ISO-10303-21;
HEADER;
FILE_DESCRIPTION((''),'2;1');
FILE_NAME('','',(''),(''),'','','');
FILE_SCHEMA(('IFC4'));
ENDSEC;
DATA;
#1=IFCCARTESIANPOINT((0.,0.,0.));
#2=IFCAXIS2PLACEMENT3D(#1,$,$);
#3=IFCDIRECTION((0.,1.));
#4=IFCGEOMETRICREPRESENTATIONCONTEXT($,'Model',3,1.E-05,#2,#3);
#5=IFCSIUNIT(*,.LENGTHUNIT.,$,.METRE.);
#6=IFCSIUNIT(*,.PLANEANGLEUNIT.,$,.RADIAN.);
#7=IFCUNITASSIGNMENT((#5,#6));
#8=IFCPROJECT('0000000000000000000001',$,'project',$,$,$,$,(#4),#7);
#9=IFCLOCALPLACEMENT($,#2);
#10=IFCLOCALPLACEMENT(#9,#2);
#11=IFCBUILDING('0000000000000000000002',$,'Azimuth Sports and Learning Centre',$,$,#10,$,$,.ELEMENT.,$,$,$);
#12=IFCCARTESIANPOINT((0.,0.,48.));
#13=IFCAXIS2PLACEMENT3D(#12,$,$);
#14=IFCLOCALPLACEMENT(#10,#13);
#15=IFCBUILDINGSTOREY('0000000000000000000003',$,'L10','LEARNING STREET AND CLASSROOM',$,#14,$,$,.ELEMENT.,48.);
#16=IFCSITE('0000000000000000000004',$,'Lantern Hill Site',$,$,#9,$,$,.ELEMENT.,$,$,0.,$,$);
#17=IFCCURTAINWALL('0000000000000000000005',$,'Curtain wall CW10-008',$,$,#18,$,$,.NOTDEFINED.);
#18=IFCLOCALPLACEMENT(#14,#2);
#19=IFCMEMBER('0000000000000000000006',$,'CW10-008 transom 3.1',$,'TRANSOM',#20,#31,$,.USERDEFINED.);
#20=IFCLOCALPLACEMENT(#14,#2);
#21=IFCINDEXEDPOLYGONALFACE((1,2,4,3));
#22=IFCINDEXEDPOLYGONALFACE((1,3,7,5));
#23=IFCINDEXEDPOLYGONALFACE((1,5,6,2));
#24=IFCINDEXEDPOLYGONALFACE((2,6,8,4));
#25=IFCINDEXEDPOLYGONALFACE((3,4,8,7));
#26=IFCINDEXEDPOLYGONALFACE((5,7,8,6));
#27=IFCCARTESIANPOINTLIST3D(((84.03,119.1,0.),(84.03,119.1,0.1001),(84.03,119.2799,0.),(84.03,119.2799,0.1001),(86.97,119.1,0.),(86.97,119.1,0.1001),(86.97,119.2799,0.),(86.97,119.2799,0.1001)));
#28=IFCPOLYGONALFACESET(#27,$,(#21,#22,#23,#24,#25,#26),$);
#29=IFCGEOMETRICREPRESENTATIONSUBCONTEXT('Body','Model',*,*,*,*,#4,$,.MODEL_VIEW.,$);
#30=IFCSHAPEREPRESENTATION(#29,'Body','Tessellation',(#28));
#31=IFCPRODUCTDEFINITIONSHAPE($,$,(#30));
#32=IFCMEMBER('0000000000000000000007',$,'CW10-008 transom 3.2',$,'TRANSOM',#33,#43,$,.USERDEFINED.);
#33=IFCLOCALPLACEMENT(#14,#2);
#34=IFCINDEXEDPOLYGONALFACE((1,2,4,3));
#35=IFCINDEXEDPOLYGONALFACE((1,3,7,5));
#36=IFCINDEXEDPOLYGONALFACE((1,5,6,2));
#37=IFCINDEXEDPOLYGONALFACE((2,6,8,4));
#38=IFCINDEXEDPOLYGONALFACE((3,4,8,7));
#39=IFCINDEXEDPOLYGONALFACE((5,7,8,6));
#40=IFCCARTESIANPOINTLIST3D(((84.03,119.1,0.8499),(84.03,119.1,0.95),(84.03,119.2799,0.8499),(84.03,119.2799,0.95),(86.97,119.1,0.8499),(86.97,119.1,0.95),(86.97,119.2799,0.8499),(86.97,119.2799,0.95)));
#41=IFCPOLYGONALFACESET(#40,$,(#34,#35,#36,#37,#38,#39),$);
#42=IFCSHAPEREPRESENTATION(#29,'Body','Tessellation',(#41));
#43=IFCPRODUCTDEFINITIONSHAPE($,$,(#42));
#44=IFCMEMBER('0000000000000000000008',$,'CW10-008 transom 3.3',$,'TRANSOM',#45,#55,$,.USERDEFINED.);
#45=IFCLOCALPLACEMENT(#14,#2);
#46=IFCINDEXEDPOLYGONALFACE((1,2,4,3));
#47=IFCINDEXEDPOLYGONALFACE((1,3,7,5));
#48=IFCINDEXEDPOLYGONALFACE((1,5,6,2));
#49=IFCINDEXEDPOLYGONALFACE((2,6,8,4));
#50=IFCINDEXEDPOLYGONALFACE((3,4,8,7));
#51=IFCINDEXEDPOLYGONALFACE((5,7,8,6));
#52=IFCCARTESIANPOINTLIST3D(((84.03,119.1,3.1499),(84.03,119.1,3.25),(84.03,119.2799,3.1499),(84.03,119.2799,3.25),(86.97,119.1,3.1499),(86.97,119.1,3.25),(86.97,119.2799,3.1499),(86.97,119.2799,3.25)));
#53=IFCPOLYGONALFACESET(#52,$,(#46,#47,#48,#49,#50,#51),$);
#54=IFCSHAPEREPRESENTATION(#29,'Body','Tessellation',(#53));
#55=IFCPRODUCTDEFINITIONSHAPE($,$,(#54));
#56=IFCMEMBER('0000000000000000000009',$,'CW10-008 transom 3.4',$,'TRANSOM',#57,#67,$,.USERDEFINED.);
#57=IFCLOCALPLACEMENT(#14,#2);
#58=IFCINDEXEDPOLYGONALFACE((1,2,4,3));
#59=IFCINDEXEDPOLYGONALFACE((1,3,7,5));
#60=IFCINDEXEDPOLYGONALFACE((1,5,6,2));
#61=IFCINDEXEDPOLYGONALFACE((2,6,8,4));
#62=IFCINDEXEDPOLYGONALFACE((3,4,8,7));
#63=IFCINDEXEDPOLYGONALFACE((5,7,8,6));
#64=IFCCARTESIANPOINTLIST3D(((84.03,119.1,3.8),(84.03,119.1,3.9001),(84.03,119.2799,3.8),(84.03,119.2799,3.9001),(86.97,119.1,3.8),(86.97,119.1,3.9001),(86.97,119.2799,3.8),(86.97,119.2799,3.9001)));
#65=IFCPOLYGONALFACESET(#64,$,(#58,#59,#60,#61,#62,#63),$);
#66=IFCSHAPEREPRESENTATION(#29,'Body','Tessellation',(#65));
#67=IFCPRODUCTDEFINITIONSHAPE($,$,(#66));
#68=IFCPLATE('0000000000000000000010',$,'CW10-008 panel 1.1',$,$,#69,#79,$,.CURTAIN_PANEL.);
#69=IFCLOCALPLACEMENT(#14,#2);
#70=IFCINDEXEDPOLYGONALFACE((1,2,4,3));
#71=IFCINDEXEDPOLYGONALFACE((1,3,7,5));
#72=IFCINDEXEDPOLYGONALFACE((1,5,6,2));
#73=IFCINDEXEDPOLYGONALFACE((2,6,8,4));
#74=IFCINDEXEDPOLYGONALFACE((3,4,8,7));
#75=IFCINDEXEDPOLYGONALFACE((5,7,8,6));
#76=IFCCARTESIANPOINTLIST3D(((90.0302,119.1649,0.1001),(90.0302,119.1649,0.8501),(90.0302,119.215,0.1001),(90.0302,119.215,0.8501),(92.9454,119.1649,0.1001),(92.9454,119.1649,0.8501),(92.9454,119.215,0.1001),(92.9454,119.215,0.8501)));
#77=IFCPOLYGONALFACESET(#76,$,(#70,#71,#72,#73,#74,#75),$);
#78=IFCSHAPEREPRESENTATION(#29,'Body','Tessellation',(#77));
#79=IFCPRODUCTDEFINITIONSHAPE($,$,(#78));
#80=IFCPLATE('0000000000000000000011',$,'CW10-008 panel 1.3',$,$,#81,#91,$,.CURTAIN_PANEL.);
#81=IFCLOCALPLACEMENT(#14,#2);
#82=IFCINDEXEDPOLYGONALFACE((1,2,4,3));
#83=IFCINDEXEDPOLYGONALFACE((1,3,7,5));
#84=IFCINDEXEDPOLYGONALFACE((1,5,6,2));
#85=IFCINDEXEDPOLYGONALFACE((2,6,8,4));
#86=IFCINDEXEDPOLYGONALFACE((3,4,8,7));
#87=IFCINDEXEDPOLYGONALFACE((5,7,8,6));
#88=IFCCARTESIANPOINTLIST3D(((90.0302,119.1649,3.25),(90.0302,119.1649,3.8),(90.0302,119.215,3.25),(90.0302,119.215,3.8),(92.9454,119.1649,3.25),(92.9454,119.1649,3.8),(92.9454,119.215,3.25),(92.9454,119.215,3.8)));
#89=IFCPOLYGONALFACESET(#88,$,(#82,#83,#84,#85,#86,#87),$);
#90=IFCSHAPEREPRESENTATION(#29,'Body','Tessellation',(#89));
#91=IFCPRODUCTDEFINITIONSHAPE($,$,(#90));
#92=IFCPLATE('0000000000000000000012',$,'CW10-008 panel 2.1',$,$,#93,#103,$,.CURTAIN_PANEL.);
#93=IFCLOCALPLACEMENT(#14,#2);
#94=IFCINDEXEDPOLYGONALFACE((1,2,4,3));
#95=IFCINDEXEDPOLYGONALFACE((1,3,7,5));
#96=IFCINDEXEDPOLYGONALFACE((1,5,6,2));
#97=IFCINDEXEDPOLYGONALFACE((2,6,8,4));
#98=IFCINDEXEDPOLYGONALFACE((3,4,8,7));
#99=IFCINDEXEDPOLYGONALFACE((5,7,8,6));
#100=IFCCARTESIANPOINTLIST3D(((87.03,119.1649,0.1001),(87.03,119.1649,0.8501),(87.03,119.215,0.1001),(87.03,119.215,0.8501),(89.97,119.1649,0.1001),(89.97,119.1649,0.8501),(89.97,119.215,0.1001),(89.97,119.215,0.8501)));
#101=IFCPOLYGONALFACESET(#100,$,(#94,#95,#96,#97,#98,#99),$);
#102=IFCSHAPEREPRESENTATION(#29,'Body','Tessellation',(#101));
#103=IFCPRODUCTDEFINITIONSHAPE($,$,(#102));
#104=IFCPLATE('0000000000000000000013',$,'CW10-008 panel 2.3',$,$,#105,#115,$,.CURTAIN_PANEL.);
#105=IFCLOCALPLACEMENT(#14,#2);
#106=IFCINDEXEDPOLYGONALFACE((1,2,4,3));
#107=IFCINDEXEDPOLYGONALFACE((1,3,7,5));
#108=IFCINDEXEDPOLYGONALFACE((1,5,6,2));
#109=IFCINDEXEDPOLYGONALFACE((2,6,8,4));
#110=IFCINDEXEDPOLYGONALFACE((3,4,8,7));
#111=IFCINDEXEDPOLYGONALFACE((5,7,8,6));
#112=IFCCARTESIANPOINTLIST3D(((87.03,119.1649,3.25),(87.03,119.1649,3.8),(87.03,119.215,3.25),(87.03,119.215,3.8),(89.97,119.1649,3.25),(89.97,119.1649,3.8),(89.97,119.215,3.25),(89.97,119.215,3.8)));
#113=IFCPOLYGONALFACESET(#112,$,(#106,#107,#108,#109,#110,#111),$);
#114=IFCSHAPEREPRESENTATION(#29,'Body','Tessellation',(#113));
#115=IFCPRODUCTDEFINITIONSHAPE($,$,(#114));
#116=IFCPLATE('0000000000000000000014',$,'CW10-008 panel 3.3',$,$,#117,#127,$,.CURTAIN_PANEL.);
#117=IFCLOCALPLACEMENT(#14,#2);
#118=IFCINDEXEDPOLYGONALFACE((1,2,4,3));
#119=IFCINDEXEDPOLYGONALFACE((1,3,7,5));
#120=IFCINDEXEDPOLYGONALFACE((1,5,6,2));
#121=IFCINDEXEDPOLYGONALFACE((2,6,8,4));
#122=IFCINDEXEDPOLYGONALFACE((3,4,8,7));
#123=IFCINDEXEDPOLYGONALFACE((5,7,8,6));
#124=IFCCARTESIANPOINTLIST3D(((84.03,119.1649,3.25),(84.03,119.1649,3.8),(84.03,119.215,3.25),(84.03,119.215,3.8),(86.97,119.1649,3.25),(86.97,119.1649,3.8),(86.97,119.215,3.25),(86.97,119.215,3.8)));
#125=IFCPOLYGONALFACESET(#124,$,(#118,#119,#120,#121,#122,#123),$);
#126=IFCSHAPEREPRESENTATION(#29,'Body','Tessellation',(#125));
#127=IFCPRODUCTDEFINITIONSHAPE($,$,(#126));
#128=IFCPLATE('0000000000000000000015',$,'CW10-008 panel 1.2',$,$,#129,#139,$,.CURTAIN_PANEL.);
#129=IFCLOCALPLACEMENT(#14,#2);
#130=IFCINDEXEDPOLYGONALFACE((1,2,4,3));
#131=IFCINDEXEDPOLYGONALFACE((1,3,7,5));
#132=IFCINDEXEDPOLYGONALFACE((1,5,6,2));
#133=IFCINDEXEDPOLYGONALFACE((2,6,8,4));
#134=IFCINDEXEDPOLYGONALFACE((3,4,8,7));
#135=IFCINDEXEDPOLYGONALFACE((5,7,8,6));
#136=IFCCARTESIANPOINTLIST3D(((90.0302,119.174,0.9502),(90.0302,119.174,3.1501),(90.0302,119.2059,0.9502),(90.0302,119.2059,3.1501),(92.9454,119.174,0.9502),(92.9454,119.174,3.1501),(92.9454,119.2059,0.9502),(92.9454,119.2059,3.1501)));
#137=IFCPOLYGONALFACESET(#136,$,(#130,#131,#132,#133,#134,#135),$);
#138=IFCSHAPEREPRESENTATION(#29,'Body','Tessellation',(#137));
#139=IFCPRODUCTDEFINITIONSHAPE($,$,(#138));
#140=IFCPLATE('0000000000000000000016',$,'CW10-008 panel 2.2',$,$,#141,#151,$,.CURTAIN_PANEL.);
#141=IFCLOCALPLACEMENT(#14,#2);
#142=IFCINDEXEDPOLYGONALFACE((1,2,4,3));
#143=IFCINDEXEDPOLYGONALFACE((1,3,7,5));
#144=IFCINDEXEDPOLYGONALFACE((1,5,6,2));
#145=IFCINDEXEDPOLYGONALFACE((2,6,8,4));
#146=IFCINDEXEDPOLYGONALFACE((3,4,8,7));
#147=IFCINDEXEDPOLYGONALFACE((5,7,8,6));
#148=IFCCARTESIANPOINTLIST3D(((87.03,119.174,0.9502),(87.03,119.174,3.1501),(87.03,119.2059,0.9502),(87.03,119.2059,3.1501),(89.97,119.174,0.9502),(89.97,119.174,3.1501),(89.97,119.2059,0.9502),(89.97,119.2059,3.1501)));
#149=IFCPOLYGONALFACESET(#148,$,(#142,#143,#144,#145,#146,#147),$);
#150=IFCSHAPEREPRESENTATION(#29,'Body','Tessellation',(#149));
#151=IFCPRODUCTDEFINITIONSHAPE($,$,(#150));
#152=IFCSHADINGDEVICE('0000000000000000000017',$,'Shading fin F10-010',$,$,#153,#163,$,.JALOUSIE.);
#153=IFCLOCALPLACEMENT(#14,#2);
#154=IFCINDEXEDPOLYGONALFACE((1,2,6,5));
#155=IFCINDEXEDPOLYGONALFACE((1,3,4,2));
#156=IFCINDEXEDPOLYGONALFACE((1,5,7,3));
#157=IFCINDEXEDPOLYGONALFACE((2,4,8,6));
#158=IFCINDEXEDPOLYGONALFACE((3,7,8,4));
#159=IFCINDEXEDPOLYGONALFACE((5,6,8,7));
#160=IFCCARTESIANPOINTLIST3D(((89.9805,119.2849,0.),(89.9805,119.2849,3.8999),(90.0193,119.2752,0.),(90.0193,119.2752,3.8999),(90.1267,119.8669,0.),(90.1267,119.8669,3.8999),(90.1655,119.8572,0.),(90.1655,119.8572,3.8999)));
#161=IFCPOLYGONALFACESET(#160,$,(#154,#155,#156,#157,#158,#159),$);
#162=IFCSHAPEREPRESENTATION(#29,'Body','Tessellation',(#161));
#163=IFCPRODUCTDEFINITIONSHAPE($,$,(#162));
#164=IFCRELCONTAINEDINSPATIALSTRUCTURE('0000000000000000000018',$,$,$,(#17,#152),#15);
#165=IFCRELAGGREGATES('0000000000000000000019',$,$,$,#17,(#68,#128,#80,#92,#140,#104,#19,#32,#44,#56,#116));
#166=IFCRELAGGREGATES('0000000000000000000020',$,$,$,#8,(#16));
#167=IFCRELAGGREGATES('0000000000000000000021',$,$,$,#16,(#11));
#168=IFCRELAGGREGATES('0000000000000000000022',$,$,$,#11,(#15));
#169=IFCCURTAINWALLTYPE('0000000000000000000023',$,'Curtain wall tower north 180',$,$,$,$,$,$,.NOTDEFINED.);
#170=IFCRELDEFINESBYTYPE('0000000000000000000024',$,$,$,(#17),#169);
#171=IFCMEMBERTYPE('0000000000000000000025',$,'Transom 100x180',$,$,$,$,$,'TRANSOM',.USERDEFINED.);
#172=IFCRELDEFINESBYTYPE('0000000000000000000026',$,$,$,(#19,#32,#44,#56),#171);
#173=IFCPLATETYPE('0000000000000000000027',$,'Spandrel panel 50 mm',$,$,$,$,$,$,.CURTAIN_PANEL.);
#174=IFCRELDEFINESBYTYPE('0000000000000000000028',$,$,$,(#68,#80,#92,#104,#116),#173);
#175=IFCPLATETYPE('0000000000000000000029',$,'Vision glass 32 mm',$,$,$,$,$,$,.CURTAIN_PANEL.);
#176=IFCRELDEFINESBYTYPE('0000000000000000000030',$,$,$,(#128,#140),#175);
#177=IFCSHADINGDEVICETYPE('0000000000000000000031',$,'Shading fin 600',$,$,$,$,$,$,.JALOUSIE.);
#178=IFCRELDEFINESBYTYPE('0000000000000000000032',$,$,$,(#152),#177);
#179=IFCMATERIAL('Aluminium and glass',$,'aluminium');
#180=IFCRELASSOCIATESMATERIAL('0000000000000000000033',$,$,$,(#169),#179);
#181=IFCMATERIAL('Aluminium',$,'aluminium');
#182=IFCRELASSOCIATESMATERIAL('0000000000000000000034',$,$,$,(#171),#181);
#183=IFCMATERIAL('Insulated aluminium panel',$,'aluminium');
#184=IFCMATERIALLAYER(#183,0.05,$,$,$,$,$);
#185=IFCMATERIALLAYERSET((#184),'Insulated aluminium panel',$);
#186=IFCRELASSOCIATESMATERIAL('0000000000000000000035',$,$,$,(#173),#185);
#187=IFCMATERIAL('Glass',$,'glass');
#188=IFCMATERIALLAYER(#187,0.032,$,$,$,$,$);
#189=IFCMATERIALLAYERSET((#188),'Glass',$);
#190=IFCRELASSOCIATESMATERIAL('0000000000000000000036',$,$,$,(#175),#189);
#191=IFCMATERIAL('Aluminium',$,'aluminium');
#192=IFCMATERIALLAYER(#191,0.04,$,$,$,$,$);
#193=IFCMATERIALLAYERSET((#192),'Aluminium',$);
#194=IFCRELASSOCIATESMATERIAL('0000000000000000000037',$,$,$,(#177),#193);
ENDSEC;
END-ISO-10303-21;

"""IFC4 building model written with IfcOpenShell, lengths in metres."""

from ifc_helpers import new_model, si_unit, direction, frame, origin, origin_2d, place, context, subcontext, project, spatial, rectangle, extrude, material, layer, layer_set, material_profile, profile_set, type_object, element, aggregate, save


model = new_model("IFC4")

# Units and contexts
model_context = context("Model", 3, precision=1e-05, world=origin(), true_north=direction((0.0, 1.0)))
body_context = subcontext(model_context, "Body", "Model", "MODEL_VIEW")
ifc_project = project(units=[si_unit("LENGTHUNIT", "METRE"), si_unit("PLANEANGLEUNIT", "RADIAN")], contexts=[model_context])

# Site, building, storey
site_placement = place(None, origin())
site = spatial("IfcSite", under=ifc_project, at=site_placement, Name="Lantern Hill Site", CompositionType="ELEMENT", RefElevation=0.0)
building_placement = place(site_placement, origin())
building = spatial("IfcBuilding", under=site, at=building_placement, Name="Azimuth Sports and Learning Centre", CompositionType="ELEMENT")
storey_placement = place(building_placement, frame((0.0, 0.0, 48.0)))
storey = spatial("IfcBuildingStorey", under=building, at=storey_placement, Name="L10", Description="LEARNING STREET AND CLASSROOM", CompositionType="ELEMENT", Elevation=48.0)

# Curtain wall, members, plates
ifc_material_1 = material(Name="Aluminium and glass", Category="aluminium")
curtain_wall_type = type_object("IfcCurtainWallType", Name="Curtain wall tower north 180", PredefinedType="NOTDEFINED", material=ifc_material_1)
curtain_wall_placement = place(storey_placement, origin())
curtain_wall = element("IfcCurtainWall", 1, at=curtain_wall_placement, inside=storey, type_object=curtain_wall_type, Name="Curtain wall CW10-008", PredefinedType="NOTDEFINED")
ifc_material_2 = material(Name="Aluminium", Category="aluminium")
ifc_material_profile_1 = material_profile(ifc_material_2, rectangle(XDim=0.1799, YDim=0.1001, at=origin_2d()), Name="Transom 100x180")
ifc_profile_set_1 = profile_set([ifc_material_profile_1], Name="Aluminium")
member_type_1 = type_object("IfcMemberType", Name="Transom 100x180", ElementType="TRANSOM", PredefinedType="USERDEFINED", material=ifc_profile_set_1)
member_1_placement = place(storey_placement, frame((86.97, 119.1899, 0.05), z_axis=(-1.0, 0.0, 0.0), x_axis=(0.0, -1.0, 0.0)))
member_1 = element("IfcMember", 2, at=member_1_placement, type_object=member_type_1, Name="CW10-008 transom 3.1", ObjectType="TRANSOM", PredefinedType="USERDEFINED", context=body_context, shape_type="SweptSolid", body=[
    extrude(rectangle(XDim=0.1799, YDim=0.1001, at=origin_2d()), origin(), (0.0, 0.0, 1.0), 2.9399),
])
member_2_placement = place(storey_placement, frame((86.97, 119.1899, 0.8999), z_axis=(-1.0, 0.0, 0.0), x_axis=(0.0, -1.0, 0.0)))
member_2 = element("IfcMember", 3, at=member_2_placement, type_object=member_type_1, Name="CW10-008 transom 3.2", ObjectType="TRANSOM", PredefinedType="USERDEFINED", context=body_context, shape_type="SweptSolid", body=[
    extrude(rectangle(XDim=0.1799, YDim=0.1001, at=origin_2d()), origin(), (0.0, 0.0, 1.0), 2.9399),
])
member_3_placement = place(storey_placement, frame((86.97, 119.1899, 3.2), z_axis=(-1.0, 0.0, 0.0), x_axis=(0.0, -1.0, 0.0)))
member_3 = element("IfcMember", 4, at=member_3_placement, type_object=member_type_1, Name="CW10-008 transom 3.3", ObjectType="TRANSOM", PredefinedType="USERDEFINED", context=body_context, shape_type="SweptSolid", body=[
    extrude(rectangle(XDim=0.1799, YDim=0.1001, at=origin_2d()), origin(), (0.0, 0.0, 1.0), 2.9399),
])
member_4_placement = place(storey_placement, frame((86.97, 119.1899, 3.8501), z_axis=(-1.0, 0.0, 0.0), x_axis=(0.0, -1.0, 0.0)))
member_4 = element("IfcMember", 5, at=member_4_placement, type_object=member_type_1, Name="CW10-008 transom 3.4", ObjectType="TRANSOM", PredefinedType="USERDEFINED", context=body_context, shape_type="SweptSolid", body=[
    extrude(rectangle(XDim=0.1799, YDim=0.1001, at=origin_2d()), origin(), (0.0, 0.0, 1.0), 2.9399),
])
ifc_material_3 = material(Name="Insulated aluminium panel", Category="aluminium")
ifc_layer_1 = layer(ifc_material_3, 0.05)
ifc_layer_set_1 = layer_set([ifc_layer_1], Name="Insulated aluminium panel")
plate_type_1 = type_object("IfcPlateType", Name="Spandrel panel 50 mm", PredefinedType="CURTAIN_PANEL", material=ifc_layer_set_1)
plate_1_placement = place(storey_placement, frame((91.4878, 119.1899, 0.1001), z_axis=(0.0, 0.0, 1.0), x_axis=(-1.0, 0.0, 0.0)))
plate_1 = element("IfcPlate", 6, at=plate_1_placement, type_object=plate_type_1, Name="CW10-008 panel 1.1", PredefinedType="CURTAIN_PANEL", context=body_context, shape_type="SweptSolid", body=[
    extrude(rectangle(XDim=2.9153, YDim=0.05, at=origin_2d()), origin(), (0.0, 0.0, 1.0), 0.75),
])
plate_2_placement = place(storey_placement, frame((91.4878, 119.1899, 3.25), z_axis=(0.0, 0.0, 1.0), x_axis=(-1.0, 0.0, 0.0)))
plate_2 = element("IfcPlate", 7, at=plate_2_placement, type_object=plate_type_1, Name="CW10-008 panel 1.3", PredefinedType="CURTAIN_PANEL", context=body_context, shape_type="SweptSolid", body=[
    extrude(rectangle(XDim=2.9153, YDim=0.05, at=origin_2d()), origin(), (0.0, 0.0, 1.0), 0.55),
])
plate_3_placement = place(storey_placement, frame((88.5, 119.1899, 0.1001), z_axis=(0.0, 0.0, 1.0), x_axis=(-1.0, 0.0, 0.0)))
plate_3 = element("IfcPlate", 8, at=plate_3_placement, type_object=plate_type_1, Name="CW10-008 panel 2.1", PredefinedType="CURTAIN_PANEL", context=body_context, shape_type="SweptSolid", body=[
    extrude(rectangle(XDim=2.9399, YDim=0.05, at=origin_2d()), origin(), (0.0, 0.0, 1.0), 0.75),
])
plate_4_placement = place(storey_placement, frame((88.5, 119.1899, 3.25), z_axis=(0.0, 0.0, 1.0), x_axis=(-1.0, 0.0, 0.0)))
plate_4 = element("IfcPlate", 9, at=plate_4_placement, type_object=plate_type_1, Name="CW10-008 panel 2.3", PredefinedType="CURTAIN_PANEL", context=body_context, shape_type="SweptSolid", body=[
    extrude(rectangle(XDim=2.9399, YDim=0.05, at=origin_2d()), origin(), (0.0, 0.0, 1.0), 0.55),
])
plate_5_placement = place(storey_placement, frame((85.5, 119.1899, 3.25), z_axis=(0.0, 0.0, 1.0), x_axis=(-1.0, 0.0, 0.0)))
plate_5 = element("IfcPlate", 10, at=plate_5_placement, type_object=plate_type_1, Name="CW10-008 panel 3.3", PredefinedType="CURTAIN_PANEL", context=body_context, shape_type="SweptSolid", body=[
    extrude(rectangle(XDim=2.9399, YDim=0.05, at=origin_2d()), origin(), (0.0, 0.0, 1.0), 0.55),
])
ifc_material_4 = material(Name="Glass", Category="glass")
ifc_layer_2 = layer(ifc_material_4, 0.032)
ifc_layer_set_2 = layer_set([ifc_layer_2], Name="Glass")
plate_type_2 = type_object("IfcPlateType", Name="Vision glass 32 mm", PredefinedType="CURTAIN_PANEL", material=ifc_layer_set_2)
plate_6_placement = place(storey_placement, frame((91.4878, 119.1899, 0.9502), z_axis=(0.0, 0.0, 1.0), x_axis=(-1.0, 0.0, 0.0)))
plate_6 = element("IfcPlate", 11, at=plate_6_placement, type_object=plate_type_2, Name="CW10-008 panel 1.2", PredefinedType="CURTAIN_PANEL", context=body_context, shape_type="SweptSolid", body=[
    extrude(rectangle(XDim=2.9153, YDim=0.032, at=origin_2d()), origin(), (0.0, 0.0, 1.0), 2.2),
])
plate_7_placement = place(storey_placement, frame((88.5, 119.1899, 0.9502), z_axis=(0.0, 0.0, 1.0), x_axis=(-1.0, 0.0, 0.0)))
plate_7 = element("IfcPlate", 12, at=plate_7_placement, type_object=plate_type_2, Name="CW10-008 panel 2.2", PredefinedType="CURTAIN_PANEL", context=body_context, shape_type="SweptSolid", body=[
    extrude(rectangle(XDim=2.9399, YDim=0.032, at=origin_2d()), origin(), (0.0, 0.0, 1.0), 2.2),
])
aggregate(curtain_wall, [plate_1, plate_6, plate_2, plate_3, plate_7, plate_4, member_1, member_2, member_3, member_4, plate_5])

# Shading device
ifc_material_5 = material(Name="Aluminium", Category="aluminium")
ifc_layer_3 = layer(ifc_material_5, 0.04)
ifc_layer_set_3 = layer_set([ifc_layer_3], Name="Aluminium")
shading_device_type = type_object("IfcShadingDeviceType", Name="Shading fin 600", PredefinedType="JALOUSIE", material=ifc_layer_set_3)
shading_device_placement = place(storey_placement, frame((90.073, 119.571, 0.0), z_axis=(0.0, 0.0, 1.0), x_axis=(0.243731, 0.969843, 0.0)))
element("IfcShadingDevice", 13, at=shading_device_placement, inside=storey, type_object=shading_device_type, Name="Shading fin F10-010", PredefinedType="JALOUSIE", context=body_context, shape_type="SweptSolid", body=[
    extrude(rectangle(XDim=0.6001, YDim=0.04, at=origin_2d()), origin(), (0.0, 0.0, 1.0), 3.8999),
])

save(model, "model.ifc")
